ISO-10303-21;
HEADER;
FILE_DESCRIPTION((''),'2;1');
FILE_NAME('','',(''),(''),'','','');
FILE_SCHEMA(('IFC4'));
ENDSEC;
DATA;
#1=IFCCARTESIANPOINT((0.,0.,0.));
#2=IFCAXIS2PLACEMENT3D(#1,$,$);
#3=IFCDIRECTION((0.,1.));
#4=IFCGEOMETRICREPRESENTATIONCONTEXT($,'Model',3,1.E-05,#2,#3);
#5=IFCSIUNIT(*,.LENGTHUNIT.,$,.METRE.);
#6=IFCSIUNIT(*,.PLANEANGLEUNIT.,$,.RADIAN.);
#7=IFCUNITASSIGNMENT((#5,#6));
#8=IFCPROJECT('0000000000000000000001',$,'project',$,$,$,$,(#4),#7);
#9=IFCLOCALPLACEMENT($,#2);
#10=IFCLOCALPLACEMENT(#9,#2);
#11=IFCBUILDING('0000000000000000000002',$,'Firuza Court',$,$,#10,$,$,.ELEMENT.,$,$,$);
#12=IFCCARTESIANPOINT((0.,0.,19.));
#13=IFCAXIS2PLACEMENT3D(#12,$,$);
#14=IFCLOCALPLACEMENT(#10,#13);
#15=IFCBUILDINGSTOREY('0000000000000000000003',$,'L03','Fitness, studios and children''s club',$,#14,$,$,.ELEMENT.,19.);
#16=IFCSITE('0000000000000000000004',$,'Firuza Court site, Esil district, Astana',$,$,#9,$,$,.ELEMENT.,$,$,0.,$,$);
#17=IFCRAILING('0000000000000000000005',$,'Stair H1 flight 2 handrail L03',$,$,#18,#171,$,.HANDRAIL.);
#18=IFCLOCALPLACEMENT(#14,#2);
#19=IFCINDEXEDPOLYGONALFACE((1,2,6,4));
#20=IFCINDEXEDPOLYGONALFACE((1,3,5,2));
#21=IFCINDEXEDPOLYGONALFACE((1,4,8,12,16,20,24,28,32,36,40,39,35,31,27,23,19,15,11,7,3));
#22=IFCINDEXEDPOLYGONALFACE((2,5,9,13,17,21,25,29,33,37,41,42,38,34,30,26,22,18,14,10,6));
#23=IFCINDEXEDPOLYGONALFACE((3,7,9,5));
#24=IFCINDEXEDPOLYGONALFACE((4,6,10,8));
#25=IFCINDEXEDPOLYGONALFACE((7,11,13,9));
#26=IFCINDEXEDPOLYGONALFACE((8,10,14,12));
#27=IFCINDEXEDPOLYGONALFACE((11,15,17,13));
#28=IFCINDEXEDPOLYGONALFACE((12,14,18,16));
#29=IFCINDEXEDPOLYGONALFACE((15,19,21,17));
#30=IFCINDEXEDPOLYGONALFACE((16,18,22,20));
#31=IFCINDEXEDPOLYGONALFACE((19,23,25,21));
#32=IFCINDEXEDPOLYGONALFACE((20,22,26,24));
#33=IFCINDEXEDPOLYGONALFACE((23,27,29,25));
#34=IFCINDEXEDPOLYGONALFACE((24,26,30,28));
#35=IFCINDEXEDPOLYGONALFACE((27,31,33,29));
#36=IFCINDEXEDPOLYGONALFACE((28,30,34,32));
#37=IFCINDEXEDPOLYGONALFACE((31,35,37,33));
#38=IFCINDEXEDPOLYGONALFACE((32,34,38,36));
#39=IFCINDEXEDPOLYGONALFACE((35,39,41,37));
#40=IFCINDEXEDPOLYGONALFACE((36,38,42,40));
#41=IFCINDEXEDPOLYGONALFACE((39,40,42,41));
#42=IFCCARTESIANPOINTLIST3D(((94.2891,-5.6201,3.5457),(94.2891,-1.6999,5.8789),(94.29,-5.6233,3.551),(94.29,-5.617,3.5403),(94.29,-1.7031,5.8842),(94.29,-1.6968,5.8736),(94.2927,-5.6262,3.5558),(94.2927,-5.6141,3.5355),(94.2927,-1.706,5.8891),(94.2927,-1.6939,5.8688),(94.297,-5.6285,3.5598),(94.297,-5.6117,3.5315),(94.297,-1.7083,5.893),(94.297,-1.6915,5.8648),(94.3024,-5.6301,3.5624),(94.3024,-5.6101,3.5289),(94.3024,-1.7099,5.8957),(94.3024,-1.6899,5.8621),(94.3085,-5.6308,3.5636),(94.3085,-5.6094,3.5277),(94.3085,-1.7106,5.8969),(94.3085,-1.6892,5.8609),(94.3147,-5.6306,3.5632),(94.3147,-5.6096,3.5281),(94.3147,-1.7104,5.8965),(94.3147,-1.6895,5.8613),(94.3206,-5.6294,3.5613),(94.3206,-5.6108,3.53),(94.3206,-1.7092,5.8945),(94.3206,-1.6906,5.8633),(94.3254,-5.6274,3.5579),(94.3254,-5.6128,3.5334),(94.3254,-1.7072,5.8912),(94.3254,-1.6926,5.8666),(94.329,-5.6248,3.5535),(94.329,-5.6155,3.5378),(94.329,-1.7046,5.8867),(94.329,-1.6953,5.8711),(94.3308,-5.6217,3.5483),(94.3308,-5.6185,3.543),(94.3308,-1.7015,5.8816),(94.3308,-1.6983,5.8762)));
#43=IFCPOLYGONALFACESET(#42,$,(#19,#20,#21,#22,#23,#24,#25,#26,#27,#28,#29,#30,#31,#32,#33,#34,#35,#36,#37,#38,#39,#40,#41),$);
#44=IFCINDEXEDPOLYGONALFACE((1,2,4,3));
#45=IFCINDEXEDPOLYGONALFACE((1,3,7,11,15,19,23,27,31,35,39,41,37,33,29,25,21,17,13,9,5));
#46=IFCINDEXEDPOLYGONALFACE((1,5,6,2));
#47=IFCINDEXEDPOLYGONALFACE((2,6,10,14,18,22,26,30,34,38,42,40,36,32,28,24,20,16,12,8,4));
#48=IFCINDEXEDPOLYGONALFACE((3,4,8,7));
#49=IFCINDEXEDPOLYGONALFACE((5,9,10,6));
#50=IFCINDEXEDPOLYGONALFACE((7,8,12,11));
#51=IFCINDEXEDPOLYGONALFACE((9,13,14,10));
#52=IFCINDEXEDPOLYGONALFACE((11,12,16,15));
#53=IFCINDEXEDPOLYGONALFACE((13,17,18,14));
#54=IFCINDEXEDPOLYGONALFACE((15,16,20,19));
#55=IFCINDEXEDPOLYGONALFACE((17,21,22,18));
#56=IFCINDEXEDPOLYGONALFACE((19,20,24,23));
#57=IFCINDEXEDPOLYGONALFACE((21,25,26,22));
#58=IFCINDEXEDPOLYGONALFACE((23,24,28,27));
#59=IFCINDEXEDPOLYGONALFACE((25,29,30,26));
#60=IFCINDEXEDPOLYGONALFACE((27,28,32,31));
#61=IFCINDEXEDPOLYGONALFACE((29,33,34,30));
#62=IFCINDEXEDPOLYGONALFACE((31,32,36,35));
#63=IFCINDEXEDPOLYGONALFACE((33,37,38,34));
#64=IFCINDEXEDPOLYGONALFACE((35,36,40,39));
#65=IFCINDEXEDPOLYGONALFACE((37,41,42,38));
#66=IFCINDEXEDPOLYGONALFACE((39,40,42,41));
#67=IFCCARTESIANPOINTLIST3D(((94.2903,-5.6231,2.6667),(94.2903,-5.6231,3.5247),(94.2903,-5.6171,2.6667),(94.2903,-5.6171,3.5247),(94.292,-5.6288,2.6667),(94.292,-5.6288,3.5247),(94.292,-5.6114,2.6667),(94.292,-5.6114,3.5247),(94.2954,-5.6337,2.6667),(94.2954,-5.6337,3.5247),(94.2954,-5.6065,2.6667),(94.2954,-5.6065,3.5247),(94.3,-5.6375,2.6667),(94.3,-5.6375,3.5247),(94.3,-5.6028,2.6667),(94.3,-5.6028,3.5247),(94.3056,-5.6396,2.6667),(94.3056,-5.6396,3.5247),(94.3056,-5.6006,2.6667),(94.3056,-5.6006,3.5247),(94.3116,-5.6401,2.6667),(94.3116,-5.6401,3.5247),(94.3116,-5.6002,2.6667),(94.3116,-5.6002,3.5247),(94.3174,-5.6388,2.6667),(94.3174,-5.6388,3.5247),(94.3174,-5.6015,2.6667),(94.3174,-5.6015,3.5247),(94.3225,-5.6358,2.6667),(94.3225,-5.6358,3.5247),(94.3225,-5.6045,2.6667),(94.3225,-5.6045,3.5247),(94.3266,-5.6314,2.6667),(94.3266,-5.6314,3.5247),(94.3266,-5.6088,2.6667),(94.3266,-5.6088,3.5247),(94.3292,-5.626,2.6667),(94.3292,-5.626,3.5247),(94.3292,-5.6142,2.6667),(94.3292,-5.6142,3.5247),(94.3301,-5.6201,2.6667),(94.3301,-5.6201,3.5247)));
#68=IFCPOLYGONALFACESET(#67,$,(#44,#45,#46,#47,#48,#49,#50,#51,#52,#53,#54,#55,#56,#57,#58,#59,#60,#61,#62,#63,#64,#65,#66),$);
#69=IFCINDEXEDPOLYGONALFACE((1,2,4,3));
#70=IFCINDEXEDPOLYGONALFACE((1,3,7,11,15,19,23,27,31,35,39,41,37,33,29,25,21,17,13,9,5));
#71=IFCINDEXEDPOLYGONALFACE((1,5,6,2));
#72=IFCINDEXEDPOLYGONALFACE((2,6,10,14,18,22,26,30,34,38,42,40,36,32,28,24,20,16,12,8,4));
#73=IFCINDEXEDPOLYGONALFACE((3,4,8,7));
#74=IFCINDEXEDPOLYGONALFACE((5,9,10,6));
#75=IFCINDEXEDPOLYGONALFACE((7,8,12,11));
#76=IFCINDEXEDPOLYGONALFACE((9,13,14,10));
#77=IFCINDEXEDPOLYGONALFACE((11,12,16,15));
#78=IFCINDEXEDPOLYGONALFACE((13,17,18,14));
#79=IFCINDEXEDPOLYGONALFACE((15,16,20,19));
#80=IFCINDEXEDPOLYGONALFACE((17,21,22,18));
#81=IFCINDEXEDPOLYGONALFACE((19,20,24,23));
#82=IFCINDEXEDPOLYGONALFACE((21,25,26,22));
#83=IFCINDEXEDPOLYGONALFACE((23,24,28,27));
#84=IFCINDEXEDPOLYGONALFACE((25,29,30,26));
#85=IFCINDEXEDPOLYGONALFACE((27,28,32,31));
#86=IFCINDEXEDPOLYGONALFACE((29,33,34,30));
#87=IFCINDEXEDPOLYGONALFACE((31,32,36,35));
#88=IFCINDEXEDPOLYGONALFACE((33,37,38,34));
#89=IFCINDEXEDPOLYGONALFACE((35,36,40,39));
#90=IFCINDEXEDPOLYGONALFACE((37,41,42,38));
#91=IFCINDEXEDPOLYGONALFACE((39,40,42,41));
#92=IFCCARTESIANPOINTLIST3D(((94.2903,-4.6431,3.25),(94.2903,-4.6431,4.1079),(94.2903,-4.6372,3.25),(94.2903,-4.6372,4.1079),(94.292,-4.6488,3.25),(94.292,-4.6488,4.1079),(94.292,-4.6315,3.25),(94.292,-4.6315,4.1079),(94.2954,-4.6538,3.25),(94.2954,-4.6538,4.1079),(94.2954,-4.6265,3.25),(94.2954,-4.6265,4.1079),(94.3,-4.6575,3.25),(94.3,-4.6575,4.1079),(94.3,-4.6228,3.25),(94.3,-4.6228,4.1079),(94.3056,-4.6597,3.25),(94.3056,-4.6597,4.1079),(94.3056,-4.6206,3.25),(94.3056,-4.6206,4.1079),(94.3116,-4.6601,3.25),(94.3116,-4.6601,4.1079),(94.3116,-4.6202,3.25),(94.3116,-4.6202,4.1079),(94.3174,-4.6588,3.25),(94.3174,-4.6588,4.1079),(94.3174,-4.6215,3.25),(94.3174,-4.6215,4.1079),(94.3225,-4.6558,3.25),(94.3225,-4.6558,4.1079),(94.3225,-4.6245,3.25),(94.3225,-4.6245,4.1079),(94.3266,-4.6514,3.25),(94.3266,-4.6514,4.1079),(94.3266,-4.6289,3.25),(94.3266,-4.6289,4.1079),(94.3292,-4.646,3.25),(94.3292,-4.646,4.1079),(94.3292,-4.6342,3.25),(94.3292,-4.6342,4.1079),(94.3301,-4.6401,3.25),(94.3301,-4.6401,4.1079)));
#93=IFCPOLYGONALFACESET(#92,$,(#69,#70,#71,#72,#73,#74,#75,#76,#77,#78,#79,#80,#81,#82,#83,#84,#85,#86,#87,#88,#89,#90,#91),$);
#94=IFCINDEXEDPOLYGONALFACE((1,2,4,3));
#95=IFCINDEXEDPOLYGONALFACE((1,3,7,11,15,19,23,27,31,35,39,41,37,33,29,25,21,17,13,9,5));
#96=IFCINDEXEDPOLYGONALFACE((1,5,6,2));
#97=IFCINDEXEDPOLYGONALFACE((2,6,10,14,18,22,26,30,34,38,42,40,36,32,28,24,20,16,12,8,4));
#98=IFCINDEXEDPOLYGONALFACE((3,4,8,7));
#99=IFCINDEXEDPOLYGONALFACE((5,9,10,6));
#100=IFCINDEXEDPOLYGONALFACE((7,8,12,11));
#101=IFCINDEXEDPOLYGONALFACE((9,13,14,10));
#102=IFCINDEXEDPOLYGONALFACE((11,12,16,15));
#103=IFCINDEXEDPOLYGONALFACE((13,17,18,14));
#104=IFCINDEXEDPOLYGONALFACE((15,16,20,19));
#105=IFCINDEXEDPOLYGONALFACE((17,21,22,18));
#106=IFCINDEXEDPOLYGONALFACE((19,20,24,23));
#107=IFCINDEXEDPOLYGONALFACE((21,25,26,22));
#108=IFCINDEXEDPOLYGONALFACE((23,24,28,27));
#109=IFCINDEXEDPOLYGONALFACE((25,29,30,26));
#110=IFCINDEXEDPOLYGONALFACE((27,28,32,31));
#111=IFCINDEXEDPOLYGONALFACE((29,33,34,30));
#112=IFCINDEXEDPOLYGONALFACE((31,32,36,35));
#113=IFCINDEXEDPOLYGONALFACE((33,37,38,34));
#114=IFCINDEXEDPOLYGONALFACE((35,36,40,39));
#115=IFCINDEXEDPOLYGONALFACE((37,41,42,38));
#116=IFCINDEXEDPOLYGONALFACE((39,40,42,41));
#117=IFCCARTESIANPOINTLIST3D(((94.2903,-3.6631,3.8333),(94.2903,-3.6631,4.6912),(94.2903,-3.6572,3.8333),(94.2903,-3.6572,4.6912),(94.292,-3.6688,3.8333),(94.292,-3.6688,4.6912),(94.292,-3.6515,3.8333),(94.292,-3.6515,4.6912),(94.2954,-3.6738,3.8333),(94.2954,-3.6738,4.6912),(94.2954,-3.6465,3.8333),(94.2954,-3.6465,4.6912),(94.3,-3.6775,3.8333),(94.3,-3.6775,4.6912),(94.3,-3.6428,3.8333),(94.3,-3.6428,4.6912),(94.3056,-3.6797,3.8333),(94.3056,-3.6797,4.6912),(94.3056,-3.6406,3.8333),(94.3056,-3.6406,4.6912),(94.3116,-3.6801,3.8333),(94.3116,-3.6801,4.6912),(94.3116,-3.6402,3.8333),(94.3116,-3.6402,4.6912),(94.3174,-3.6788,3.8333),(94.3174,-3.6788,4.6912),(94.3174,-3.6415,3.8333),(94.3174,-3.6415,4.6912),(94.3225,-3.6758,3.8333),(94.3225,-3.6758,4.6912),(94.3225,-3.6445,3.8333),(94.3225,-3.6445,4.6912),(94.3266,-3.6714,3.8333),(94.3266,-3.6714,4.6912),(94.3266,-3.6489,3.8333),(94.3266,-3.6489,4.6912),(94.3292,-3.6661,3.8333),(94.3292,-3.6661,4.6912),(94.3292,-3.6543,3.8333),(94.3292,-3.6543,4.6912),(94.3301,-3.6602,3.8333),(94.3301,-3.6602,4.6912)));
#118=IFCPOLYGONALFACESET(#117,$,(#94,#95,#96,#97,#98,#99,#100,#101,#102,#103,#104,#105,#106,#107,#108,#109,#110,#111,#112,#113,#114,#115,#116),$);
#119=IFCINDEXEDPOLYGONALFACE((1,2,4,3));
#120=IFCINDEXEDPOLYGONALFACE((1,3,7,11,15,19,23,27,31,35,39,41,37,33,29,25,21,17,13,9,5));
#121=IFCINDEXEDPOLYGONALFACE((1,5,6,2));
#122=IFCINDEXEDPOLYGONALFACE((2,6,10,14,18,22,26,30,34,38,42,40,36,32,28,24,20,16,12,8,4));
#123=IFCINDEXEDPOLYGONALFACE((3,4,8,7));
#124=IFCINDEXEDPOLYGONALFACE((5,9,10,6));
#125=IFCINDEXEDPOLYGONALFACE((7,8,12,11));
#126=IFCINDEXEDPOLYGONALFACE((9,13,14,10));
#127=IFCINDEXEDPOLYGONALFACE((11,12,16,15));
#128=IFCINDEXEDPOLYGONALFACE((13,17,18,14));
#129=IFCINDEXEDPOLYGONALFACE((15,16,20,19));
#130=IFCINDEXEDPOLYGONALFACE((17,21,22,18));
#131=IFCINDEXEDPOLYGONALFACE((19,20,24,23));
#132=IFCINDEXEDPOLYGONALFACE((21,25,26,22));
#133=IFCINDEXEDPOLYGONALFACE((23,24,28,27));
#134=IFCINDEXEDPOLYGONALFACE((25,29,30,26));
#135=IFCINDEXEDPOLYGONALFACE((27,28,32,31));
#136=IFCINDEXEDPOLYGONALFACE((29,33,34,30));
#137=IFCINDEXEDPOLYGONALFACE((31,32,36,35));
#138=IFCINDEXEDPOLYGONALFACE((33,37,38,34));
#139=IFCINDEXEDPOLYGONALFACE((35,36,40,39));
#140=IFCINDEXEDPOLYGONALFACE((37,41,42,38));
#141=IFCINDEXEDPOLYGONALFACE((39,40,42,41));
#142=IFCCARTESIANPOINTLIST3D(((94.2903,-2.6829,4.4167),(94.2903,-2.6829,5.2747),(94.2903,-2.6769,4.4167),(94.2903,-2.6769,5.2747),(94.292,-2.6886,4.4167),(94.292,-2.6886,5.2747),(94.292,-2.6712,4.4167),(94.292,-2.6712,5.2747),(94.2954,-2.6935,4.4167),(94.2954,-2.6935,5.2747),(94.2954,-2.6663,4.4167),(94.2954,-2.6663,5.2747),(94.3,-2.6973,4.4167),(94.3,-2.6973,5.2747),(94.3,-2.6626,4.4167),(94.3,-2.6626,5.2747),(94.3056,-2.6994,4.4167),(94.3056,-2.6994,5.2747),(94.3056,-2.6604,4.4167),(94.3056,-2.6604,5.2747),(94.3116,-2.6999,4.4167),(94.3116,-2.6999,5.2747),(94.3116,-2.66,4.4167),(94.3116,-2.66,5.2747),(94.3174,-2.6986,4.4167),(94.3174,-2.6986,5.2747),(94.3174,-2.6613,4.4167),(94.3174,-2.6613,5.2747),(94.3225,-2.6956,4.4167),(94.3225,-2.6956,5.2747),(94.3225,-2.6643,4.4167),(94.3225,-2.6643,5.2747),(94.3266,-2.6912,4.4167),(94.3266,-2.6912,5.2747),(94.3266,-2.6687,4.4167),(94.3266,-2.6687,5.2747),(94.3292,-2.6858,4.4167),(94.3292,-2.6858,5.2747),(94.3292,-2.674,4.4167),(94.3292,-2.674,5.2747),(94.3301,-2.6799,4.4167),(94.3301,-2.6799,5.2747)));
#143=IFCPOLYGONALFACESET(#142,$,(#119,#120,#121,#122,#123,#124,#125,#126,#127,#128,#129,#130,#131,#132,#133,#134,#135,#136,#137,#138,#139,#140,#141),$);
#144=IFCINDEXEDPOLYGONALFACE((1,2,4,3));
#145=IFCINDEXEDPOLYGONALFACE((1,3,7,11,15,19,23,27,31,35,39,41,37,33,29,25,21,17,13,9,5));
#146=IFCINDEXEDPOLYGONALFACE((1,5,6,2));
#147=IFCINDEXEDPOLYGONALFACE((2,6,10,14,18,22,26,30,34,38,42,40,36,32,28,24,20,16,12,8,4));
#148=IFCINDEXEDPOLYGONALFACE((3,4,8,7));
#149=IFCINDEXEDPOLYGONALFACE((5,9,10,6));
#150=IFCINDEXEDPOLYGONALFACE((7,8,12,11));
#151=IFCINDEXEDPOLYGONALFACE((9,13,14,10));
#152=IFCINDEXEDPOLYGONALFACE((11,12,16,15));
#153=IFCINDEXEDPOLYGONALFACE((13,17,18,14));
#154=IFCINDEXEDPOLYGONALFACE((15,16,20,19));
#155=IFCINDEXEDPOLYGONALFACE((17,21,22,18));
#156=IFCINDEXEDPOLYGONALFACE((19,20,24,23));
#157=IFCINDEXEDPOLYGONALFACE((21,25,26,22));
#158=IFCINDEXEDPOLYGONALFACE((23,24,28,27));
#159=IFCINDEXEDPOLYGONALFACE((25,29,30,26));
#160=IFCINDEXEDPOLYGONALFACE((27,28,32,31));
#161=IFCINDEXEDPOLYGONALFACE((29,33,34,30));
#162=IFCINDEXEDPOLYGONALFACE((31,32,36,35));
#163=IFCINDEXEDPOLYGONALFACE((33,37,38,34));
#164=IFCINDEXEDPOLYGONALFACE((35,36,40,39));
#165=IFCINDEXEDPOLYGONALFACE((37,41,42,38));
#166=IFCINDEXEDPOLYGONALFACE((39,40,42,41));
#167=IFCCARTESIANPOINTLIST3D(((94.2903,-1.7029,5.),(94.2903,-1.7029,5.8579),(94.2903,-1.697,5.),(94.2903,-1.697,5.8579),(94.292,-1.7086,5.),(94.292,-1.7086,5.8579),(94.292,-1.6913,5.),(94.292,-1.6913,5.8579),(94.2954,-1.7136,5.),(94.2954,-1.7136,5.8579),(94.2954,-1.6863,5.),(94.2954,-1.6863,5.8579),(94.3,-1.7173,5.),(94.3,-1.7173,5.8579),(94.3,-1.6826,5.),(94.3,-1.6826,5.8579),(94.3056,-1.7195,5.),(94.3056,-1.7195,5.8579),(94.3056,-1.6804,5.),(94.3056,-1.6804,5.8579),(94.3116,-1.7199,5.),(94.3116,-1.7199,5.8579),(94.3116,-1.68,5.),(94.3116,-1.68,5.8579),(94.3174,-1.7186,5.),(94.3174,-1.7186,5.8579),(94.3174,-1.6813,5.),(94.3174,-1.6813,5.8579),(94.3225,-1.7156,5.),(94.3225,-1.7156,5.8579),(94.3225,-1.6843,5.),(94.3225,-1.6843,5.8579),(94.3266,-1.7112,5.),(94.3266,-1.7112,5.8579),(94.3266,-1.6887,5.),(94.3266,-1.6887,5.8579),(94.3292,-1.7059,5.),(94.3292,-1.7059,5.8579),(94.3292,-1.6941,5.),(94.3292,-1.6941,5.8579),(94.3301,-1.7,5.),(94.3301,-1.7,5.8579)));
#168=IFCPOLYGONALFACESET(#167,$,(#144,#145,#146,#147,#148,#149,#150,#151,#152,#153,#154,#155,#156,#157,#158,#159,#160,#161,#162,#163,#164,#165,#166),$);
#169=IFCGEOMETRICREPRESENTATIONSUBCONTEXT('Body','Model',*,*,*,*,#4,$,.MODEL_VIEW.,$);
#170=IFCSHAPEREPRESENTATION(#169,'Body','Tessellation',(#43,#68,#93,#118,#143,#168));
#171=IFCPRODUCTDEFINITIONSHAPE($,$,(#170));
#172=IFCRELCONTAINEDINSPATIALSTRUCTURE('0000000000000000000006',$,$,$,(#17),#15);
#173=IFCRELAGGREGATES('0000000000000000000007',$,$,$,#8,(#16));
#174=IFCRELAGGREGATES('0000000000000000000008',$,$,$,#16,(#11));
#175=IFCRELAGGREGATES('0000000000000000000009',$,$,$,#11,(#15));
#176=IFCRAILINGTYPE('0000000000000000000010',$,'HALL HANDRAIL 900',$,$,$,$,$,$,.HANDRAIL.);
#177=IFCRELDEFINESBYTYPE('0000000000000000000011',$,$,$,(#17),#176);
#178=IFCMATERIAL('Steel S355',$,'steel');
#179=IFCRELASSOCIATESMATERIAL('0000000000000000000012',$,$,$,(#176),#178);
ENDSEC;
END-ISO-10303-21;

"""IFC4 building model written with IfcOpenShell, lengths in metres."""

from ifc_helpers import new_model, si_unit, direction, frame, origin, origin_2d, place, context, subcontext, project, spatial, circle, extrude, material, type_object, element, save


model = new_model("IFC4")

# Units and contexts
model_context = context("Model", 3, precision=1e-05, world=origin(), true_north=direction((0.0, 1.0)))
body_context = subcontext(model_context, "Body", "Model", "MODEL_VIEW")
ifc_project = project(units=[si_unit("LENGTHUNIT", "METRE"), si_unit("PLANEANGLEUNIT", "RADIAN")], contexts=[model_context])

# Site, building, storey
site_placement = place(None, origin())
site = spatial("IfcSite", under=ifc_project, at=site_placement, Name="Firuza Court site, Esil district, Astana", CompositionType="ELEMENT", RefElevation=0.0)
building_placement = place(site_placement, origin())
building = spatial("IfcBuilding", under=site, at=building_placement, Name="Firuza Court", CompositionType="ELEMENT")
storey_placement = place(building_placement, frame((0.0, 0.0, 19.0)))
storey = spatial("IfcBuildingStorey", under=building, at=storey_placement, Name="L03", Description="Fitness, studios and children's club", CompositionType="ELEMENT", Elevation=19.0)

# Railing
ifc_material_1 = material(Name="Steel S355", Category="steel")
railing_type_1 = type_object("IfcRailingType", Name="HALL HANDRAIL 900", PredefinedType="HANDRAIL", material=ifc_material_1)
railing_1_placement = place(storey_placement, frame((94.3101, -5.6201, 2.6667)))
element("IfcRailing", 1, at=railing_1_placement, inside=storey, type_object=railing_type_1, Name="Stair H1 flight 2 handrail L03", PredefinedType="HANDRAIL", context=body_context, shape_type="SweptSolid", body=[
    extrude(circle(Radius=0.021, at=origin_2d()), frame((0.0, 0.0, 0.8789), z_axis=(0.0, 0.85931, 0.511455), x_axis=(-1.0, 0.0, 0.0)), (0.0, 0.0, 1.0), 4.562),
    extrude(circle(Radius=0.02, at=origin_2d()), origin(), (0.0, 0.0, 1.0), 0.8579),
    extrude(circle(Radius=0.02, at=origin_2d()), frame((0.0, 0.98, 0.5833)), (0.0, 0.0, 1.0), 0.8579),
    extrude(circle(Radius=0.02, at=origin_2d()), frame((0.0, 1.96, 1.1665)), (0.0, 0.0, 1.0), 0.8579),
    extrude(circle(Radius=0.02, at=origin_2d()), frame((0.0, 2.9402, 1.75)), (0.0, 0.0, 1.0), 0.8579),
    extrude(circle(Radius=0.02, at=origin_2d()), frame((0.0, 3.9202, 2.3333)), (0.0, 0.0, 1.0), 0.8579),
])

save(model, "model.ifc")
